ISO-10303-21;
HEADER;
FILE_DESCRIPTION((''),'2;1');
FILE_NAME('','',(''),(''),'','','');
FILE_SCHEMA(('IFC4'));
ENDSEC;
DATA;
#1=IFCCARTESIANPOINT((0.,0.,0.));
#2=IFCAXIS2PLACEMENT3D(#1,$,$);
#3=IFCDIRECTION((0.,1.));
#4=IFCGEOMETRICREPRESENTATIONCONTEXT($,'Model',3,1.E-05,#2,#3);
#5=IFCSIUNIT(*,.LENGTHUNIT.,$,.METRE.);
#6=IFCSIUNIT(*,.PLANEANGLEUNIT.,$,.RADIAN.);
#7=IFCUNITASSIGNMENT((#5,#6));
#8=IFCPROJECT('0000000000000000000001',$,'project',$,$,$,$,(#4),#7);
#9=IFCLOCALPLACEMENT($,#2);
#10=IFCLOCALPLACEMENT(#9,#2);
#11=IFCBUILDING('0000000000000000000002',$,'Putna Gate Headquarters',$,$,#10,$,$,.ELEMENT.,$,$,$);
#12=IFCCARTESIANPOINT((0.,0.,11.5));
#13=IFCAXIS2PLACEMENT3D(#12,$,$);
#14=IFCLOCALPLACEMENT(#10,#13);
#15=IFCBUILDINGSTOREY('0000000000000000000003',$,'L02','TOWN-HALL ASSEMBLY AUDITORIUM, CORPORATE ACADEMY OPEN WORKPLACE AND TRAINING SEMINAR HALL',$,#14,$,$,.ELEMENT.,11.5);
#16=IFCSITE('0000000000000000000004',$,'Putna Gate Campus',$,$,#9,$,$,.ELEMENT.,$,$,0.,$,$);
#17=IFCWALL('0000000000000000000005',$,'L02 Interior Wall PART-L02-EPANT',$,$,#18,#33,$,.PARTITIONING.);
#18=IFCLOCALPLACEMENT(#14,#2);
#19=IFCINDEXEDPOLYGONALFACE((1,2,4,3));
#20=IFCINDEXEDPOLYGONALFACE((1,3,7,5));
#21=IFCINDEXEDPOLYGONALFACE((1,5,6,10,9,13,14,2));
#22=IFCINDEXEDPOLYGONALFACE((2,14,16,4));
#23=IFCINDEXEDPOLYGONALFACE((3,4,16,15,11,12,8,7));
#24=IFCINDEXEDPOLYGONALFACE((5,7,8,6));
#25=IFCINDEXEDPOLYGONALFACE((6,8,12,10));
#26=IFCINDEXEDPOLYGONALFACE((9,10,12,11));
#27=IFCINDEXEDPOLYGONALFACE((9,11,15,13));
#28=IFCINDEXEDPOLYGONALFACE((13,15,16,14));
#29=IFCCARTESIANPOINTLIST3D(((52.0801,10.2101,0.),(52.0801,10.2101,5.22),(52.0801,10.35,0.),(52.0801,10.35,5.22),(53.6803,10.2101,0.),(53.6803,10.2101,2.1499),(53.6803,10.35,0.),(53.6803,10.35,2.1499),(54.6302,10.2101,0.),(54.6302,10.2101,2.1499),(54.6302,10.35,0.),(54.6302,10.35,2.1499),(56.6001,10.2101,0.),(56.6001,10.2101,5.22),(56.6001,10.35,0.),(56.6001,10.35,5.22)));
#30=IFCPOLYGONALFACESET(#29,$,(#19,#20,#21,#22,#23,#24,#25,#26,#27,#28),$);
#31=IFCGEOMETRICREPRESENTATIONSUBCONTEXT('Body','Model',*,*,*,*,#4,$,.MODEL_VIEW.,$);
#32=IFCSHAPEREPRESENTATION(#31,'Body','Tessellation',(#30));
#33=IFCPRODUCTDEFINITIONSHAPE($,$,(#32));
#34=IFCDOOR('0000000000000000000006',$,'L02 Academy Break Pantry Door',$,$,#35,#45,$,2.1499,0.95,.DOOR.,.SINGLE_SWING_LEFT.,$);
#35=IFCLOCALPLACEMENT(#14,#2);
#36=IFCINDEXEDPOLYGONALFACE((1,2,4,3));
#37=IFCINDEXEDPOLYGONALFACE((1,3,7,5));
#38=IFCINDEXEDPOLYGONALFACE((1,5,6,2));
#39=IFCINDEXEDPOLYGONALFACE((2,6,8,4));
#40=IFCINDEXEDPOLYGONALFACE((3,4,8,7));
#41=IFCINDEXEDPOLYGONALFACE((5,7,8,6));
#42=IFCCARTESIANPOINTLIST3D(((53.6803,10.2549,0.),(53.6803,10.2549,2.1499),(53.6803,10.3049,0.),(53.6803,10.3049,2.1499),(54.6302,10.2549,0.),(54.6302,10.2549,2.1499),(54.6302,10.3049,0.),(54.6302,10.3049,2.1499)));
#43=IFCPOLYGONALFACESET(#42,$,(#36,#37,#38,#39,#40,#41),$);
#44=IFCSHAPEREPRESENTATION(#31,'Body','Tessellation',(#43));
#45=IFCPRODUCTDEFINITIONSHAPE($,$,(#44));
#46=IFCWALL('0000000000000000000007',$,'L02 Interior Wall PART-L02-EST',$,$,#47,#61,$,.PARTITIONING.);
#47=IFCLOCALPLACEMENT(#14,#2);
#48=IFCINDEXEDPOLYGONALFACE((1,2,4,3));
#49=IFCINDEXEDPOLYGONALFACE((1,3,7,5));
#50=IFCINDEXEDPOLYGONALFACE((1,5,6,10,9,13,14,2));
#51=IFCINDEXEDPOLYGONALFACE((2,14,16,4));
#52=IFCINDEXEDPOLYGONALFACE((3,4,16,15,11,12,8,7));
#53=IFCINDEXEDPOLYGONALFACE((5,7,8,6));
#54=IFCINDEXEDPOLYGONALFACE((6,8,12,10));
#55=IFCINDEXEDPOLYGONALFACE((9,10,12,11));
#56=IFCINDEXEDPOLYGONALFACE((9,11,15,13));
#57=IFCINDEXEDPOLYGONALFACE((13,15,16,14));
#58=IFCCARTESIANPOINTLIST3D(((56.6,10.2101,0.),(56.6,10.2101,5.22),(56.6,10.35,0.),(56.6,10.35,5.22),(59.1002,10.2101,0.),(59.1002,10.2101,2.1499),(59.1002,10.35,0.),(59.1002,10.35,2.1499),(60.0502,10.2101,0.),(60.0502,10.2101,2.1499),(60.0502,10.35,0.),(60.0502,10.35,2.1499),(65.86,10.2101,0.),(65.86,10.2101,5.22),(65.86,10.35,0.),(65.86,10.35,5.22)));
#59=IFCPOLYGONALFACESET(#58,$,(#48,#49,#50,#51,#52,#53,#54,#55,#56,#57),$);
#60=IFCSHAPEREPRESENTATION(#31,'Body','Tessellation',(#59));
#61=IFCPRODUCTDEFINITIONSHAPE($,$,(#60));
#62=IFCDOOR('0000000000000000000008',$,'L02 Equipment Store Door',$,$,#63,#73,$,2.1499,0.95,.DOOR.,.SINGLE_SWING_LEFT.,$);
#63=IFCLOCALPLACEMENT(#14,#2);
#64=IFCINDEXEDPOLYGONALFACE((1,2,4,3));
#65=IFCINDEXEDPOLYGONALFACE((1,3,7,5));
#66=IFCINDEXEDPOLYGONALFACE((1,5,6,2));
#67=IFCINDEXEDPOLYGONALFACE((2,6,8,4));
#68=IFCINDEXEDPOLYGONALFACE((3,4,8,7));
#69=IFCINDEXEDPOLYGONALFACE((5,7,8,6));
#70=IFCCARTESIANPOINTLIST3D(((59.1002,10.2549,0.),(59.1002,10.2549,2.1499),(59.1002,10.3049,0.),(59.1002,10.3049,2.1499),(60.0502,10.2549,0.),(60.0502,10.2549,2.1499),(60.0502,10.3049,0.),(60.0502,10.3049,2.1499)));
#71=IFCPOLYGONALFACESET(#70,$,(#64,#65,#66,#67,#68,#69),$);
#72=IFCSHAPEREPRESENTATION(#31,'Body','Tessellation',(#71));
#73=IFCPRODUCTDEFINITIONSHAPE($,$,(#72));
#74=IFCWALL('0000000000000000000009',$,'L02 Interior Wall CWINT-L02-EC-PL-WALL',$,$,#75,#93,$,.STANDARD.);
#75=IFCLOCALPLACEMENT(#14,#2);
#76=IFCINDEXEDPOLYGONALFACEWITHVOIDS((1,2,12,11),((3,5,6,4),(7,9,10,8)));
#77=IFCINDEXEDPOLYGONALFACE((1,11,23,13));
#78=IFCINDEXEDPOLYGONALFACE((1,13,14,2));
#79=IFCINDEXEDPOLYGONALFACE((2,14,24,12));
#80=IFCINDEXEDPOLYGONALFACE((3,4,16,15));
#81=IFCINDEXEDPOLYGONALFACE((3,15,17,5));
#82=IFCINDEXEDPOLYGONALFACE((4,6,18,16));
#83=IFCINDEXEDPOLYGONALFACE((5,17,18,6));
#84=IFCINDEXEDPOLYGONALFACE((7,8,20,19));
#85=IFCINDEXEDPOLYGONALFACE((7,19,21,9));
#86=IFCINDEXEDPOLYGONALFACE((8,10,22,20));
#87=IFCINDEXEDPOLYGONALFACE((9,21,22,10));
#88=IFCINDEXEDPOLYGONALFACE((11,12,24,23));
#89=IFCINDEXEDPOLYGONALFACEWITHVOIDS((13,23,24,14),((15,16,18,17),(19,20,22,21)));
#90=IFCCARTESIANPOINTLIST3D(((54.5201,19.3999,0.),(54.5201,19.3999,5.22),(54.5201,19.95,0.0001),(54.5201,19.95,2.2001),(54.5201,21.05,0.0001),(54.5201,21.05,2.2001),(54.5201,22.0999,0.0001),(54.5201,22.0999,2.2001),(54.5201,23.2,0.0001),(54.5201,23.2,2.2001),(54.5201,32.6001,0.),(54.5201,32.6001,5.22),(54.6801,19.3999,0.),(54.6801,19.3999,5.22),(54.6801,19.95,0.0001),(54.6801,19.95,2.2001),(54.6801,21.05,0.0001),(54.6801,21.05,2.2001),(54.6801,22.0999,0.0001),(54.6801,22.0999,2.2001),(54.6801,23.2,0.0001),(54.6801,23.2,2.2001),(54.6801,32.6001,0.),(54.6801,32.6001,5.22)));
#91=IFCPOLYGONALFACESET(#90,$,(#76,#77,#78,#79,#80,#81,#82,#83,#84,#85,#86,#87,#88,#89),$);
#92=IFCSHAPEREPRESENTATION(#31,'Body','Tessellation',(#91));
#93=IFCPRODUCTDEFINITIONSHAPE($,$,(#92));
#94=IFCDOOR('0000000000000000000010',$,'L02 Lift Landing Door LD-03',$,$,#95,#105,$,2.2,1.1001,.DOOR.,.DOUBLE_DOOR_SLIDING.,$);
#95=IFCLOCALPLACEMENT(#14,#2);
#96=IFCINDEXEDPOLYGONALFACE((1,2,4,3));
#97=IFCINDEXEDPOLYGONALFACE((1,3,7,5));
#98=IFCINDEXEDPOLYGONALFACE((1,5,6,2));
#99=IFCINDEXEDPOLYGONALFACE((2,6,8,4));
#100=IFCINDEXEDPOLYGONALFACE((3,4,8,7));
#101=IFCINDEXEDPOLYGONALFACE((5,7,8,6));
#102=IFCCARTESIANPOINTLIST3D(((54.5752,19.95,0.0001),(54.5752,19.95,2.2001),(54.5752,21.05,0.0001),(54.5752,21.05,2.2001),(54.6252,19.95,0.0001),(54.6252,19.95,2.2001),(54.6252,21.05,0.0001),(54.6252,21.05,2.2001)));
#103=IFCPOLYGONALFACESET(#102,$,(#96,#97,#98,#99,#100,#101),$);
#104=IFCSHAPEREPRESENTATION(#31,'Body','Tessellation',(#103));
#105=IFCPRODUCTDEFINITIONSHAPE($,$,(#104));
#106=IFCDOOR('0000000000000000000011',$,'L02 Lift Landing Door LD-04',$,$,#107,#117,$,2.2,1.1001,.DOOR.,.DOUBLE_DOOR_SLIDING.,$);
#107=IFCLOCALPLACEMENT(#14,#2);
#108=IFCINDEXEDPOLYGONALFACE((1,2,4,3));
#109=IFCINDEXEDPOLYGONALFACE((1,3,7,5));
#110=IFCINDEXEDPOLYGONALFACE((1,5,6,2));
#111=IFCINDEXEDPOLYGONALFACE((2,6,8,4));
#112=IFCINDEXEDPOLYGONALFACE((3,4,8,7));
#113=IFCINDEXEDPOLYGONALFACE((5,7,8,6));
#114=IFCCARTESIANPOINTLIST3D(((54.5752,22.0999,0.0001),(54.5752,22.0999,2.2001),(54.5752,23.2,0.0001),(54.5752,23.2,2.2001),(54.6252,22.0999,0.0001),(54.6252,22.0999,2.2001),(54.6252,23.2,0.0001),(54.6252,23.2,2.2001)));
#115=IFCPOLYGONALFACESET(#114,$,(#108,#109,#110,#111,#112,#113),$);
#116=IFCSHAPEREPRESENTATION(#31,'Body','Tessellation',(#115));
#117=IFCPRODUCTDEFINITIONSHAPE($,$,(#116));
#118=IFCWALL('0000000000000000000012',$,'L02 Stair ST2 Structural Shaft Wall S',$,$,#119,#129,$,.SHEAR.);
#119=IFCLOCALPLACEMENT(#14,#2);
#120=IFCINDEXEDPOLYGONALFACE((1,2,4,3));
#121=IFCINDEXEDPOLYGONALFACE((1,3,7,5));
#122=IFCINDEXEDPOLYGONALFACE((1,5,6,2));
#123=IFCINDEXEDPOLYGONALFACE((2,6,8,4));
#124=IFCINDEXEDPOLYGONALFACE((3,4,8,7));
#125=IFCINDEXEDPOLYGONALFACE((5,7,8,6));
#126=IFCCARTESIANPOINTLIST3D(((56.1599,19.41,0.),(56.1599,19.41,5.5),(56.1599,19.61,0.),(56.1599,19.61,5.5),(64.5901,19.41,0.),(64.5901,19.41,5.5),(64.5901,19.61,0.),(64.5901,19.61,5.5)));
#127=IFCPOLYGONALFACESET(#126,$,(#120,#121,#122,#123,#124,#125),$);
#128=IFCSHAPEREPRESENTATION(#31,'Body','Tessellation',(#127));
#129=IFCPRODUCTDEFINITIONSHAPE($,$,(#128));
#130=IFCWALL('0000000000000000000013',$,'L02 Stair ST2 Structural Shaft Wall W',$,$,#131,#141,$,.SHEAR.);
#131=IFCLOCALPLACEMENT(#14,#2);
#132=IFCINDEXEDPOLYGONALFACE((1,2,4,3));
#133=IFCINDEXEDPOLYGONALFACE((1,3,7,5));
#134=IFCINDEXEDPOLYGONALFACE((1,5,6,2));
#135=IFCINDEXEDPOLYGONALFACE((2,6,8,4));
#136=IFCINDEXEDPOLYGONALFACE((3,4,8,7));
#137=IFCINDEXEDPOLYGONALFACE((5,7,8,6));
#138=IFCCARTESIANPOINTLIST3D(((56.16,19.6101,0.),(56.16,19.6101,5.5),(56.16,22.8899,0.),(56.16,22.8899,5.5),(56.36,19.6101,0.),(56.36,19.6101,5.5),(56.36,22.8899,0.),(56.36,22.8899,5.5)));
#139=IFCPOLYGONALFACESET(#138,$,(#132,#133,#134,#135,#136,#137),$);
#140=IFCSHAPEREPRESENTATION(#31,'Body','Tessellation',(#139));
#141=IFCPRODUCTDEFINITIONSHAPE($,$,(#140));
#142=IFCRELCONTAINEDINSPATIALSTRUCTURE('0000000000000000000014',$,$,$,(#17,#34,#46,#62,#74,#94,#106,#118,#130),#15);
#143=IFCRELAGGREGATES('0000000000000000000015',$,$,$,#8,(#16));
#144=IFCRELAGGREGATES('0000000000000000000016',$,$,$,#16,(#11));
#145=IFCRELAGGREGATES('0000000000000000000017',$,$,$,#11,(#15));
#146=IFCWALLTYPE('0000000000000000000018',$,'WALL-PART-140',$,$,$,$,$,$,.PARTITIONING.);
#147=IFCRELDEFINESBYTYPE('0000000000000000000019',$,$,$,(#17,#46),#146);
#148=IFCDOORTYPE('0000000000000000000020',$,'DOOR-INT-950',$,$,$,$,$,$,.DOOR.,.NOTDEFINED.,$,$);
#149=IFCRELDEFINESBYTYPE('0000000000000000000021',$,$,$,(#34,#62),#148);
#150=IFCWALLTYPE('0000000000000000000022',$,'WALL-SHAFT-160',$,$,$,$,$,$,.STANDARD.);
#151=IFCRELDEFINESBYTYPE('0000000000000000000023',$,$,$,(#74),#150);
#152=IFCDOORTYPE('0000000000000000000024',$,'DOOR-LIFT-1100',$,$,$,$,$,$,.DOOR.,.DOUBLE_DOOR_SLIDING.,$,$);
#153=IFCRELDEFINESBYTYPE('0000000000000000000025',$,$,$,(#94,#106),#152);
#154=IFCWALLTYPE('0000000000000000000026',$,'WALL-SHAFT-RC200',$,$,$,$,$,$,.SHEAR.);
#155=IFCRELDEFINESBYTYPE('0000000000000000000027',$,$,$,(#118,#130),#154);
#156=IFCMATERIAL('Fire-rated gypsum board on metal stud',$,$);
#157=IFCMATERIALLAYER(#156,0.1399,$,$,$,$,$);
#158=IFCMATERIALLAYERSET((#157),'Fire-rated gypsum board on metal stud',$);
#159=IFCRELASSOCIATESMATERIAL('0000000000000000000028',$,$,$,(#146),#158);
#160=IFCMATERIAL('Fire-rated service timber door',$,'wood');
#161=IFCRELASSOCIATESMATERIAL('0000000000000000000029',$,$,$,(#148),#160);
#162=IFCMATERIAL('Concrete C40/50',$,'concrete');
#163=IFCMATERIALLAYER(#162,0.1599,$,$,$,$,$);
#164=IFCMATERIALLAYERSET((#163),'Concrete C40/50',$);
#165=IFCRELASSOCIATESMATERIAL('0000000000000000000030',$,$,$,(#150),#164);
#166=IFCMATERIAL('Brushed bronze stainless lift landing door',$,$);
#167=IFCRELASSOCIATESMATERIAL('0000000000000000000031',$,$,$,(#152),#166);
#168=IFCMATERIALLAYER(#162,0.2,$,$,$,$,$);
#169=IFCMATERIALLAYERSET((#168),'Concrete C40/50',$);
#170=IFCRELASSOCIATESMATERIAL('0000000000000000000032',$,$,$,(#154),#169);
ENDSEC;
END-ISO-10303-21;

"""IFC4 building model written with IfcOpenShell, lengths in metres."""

from ifc_helpers import new_model, si_unit, direction, frame, frame_2d, origin, place, context, subcontext, project, spatial, rectangle, extrude, material, layer, layer_set, type_object, element, fill, save


model = new_model("IFC4")

# Units and contexts
model_context = context("Model", 3, precision=1e-05, world=origin(), true_north=direction((0.0, 1.0)))
body_context = subcontext(model_context, "Body", "Model", "MODEL_VIEW")
ifc_project = project(units=[si_unit("LENGTHUNIT", "METRE"), si_unit("PLANEANGLEUNIT", "RADIAN")], contexts=[model_context])

# Site, building, storey
site_placement = place(None, origin())
site = spatial("IfcSite", under=ifc_project, at=site_placement, Name="Putna Gate Campus", CompositionType="ELEMENT", RefElevation=0.0)
building_placement = place(site_placement, origin())
building = spatial("IfcBuilding", under=site, at=building_placement, Name="Putna Gate Headquarters", CompositionType="ELEMENT")
storey_placement = place(building_placement, frame((0.0, 0.0, 11.5)))
storey = spatial("IfcBuildingStorey", under=building, at=storey_placement, Name="L02", Description="TOWN-HALL ASSEMBLY AUDITORIUM, CORPORATE ACADEMY OPEN WORKPLACE AND TRAINING SEMINAR HALL", CompositionType="ELEMENT", Elevation=11.5)

# Walls, openings, doors
ifc_material_1 = material(Name="Fire-rated gypsum board on metal stud")
ifc_layer_1 = layer(ifc_material_1, 0.1399)
ifc_layer_set_1 = layer_set([ifc_layer_1], Name="Fire-rated gypsum board on metal stud")
wall_type_1 = type_object("IfcWallType", Name="WALL-PART-140", PredefinedType="PARTITIONING", material=ifc_layer_set_1)
wall_1_placement = place(storey_placement, frame((52.0801, 10.28, 0.0), z_axis=(0.0, 0.0, 1.0), x_axis=(1.0, 0.0, 0.0)))
wall_1 = element("IfcWall", 1, at=wall_1_placement, inside=storey, type_object=wall_type_1, Name="L02 Interior Wall PART-L02-EPANT", PredefinedType="PARTITIONING", context=body_context, shape_type="SweptSolid", body=[
    extrude(rectangle(XDim=4.52, YDim=0.1399, at=frame_2d((2.26, 0.0))), origin(), (0.0, 0.0, 1.0), 5.22),
])
opening_1_placement = place(wall_1_placement, frame((1.6001, 0.0, 0.0)))
opening_1 = element("IfcOpeningElement", 2, at=opening_1_placement, cuts=wall_1, PredefinedType="OPENING", context=body_context, shape_type="SweptSolid", body=[
    extrude(rectangle(XDim=0.95, YDim=2.1499, at=frame_2d((0.4751, 1.075))), frame((0.0, 0.0798, 0.0), z_axis=(0.0, -1.0, 0.0), x_axis=(1.0, 0.0, 0.0)), (0.0, 0.0, 1.0), 0.1599),
])
ifc_material_2 = material(Name="Fire-rated service timber door", Category="wood")
door_type_1 = type_object("IfcDoorType", Name="DOOR-INT-950", OperationType="NOTDEFINED", PredefinedType="DOOR", material=ifc_material_2)
door_1_placement = place(opening_1_placement, origin())
door_1 = element("IfcDoor", 3, at=door_1_placement, inside=storey, type_object=door_type_1, Name="L02 Academy Break Pantry Door", OperationType="SINGLE_SWING_LEFT", OverallHeight=2.1499, OverallWidth=0.95, PredefinedType="DOOR", context=body_context, shape_type="SweptSolid", body=[
    extrude(rectangle(XDim=0.95, YDim=2.1499, at=frame_2d((0.4751, 1.075))), frame((0.0, 0.0249, 0.0), z_axis=(0.0, -1.0, 0.0), x_axis=(1.0, 0.0, 0.0)), (0.0, 0.0, 1.0), 0.05),
])
fill(opening_1, door_1)
wall_2_placement = place(storey_placement, frame((56.6001, 10.28, 0.0), z_axis=(0.0, 0.0, 1.0), x_axis=(1.0, 0.0, 0.0)))
wall_2 = element("IfcWall", 4, at=wall_2_placement, inside=storey, type_object=wall_type_1, Name="L02 Interior Wall PART-L02-EST", PredefinedType="PARTITIONING", context=body_context, shape_type="SweptSolid", body=[
    extrude(rectangle(XDim=9.26, YDim=0.1399, at=frame_2d((4.6299, 0.0))), origin(), (0.0, 0.0, 1.0), 5.22),
])
opening_2_placement = place(wall_2_placement, frame((2.5, 0.0, 0.0)))
opening_2 = element("IfcOpeningElement", 5, at=opening_2_placement, cuts=wall_2, PredefinedType="OPENING", context=body_context, shape_type="SweptSolid", body=[
    extrude(rectangle(XDim=0.95, YDim=2.1499, at=frame_2d((0.4751, 1.075))), frame((0.0, 0.0798, 0.0), z_axis=(0.0, -1.0, 0.0), x_axis=(1.0, 0.0, 0.0)), (0.0, 0.0, 1.0), 0.1599),
])
door_2_placement = place(opening_2_placement, origin())
door_2 = element("IfcDoor", 6, at=door_2_placement, inside=storey, type_object=door_type_1, Name="L02 Equipment Store Door", OperationType="SINGLE_SWING_LEFT", OverallHeight=2.1499, OverallWidth=0.95, PredefinedType="DOOR", context=body_context, shape_type="SweptSolid", body=[
    extrude(rectangle(XDim=0.95, YDim=2.1499, at=frame_2d((0.4751, 1.075))), frame((0.0, 0.0249, 0.0), z_axis=(0.0, -1.0, 0.0), x_axis=(1.0, 0.0, 0.0)), (0.0, 0.0, 1.0), 0.05),
])
fill(opening_2, door_2)

# Wall, openings, doors
ifc_material_3 = material(Name="Concrete C40/50", Category="concrete")
ifc_layer_2 = layer(ifc_material_3, 0.1599)
ifc_layer_set_2 = layer_set([ifc_layer_2], Name="Concrete C40/50")
wall_type_2 = type_object("IfcWallType", Name="WALL-SHAFT-160", PredefinedType="STANDARD", material=ifc_layer_set_2)
wall_3_placement = place(storey_placement, frame((54.6001, 19.3999, 0.0), z_axis=(0.0, 0.0, 1.0), x_axis=(0.0, 1.0, 0.0)))
wall_3 = element("IfcWall", 7, at=wall_3_placement, inside=storey, type_object=wall_type_2, Name="L02 Interior Wall CWINT-L02-EC-PL-WALL", PredefinedType="STANDARD", context=body_context, shape_type="SweptSolid", body=[
    extrude(rectangle(XDim=13.2002, YDim=0.1599, at=frame_2d((6.6001, 0.0))), origin(), (0.0, 0.0, 1.0), 5.22),
])
opening_3_placement = place(wall_3_placement, frame((0.55, 0.0, 0.0)))
opening_3 = element("IfcOpeningElement", 8, at=opening_3_placement, cuts=wall_3, PredefinedType="OPENING", context=body_context, shape_type="SweptSolid", body=[
    extrude(rectangle(XDim=1.1001, YDim=2.2, at=frame_2d((0.55, 1.1001))), frame((0.0, 0.0898, 0.0), z_axis=(0.0, -1.0, 0.0), x_axis=(1.0, 0.0, 0.0)), (0.0, 0.0, 1.0), 0.1799),
])
opening_4_placement = place(wall_3_placement, frame((2.7, 0.0, 0.0)))
opening_4 = element("IfcOpeningElement", 9, at=opening_4_placement, cuts=wall_3, PredefinedType="OPENING", context=body_context, shape_type="SweptSolid", body=[
    extrude(rectangle(XDim=1.1001, YDim=2.2, at=frame_2d((0.55, 1.1001))), frame((0.0, 0.0898, 0.0), z_axis=(0.0, -1.0, 0.0), x_axis=(1.0, 0.0, 0.0)), (0.0, 0.0, 1.0), 0.1799),
])
ifc_material_4 = material(Name="Brushed bronze stainless lift landing door")
door_type_2 = type_object("IfcDoorType", Name="DOOR-LIFT-1100", OperationType="DOUBLE_DOOR_SLIDING", PredefinedType="DOOR", material=ifc_material_4)
door_3_placement = place(opening_3_placement, origin())
door_3 = element("IfcDoor", 10, at=door_3_placement, inside=storey, type_object=door_type_2, Name="L02 Lift Landing Door LD-03", OperationType="DOUBLE_DOOR_SLIDING", OverallHeight=2.2, OverallWidth=1.1001, PredefinedType="DOOR", context=body_context, shape_type="SweptSolid", body=[
    extrude(rectangle(XDim=1.1001, YDim=2.2, at=frame_2d((0.55, 1.1001))), frame((0.0, 0.0249, 0.0), z_axis=(0.0, -1.0, 0.0), x_axis=(1.0, 0.0, 0.0)), (0.0, 0.0, 1.0), 0.05),
])
fill(opening_3, door_3)
door_4_placement = place(opening_4_placement, origin())
door_4 = element("IfcDoor", 11, at=door_4_placement, inside=storey, type_object=door_type_2, Name="L02 Lift Landing Door LD-04", OperationType="DOUBLE_DOOR_SLIDING", OverallHeight=2.2, OverallWidth=1.1001, PredefinedType="DOOR", context=body_context, shape_type="SweptSolid", body=[
    extrude(rectangle(XDim=1.1001, YDim=2.2, at=frame_2d((0.55, 1.1001))), frame((0.0, 0.0249, 0.0), z_axis=(0.0, -1.0, 0.0), x_axis=(1.0, 0.0, 0.0)), (0.0, 0.0, 1.0), 0.05),
])
fill(opening_4, door_4)

# Walls
ifc_layer_3 = layer(ifc_material_3, 0.2)
ifc_layer_set_3 = layer_set([ifc_layer_3], Name="Concrete C40/50")
wall_type_3 = type_object("IfcWallType", Name="WALL-SHAFT-RC200", PredefinedType="SHEAR", material=ifc_layer_set_3)
wall_4_placement = place(storey_placement, frame((56.1599, 19.51, 0.0), z_axis=(0.0, 0.0, 1.0), x_axis=(1.0, 0.0, 0.0)))
element("IfcWall", 12, at=wall_4_placement, inside=storey, type_object=wall_type_3, Name="L02 Stair ST2 Structural Shaft Wall S", PredefinedType="SHEAR", context=body_context, shape_type="SweptSolid", body=[
    extrude(rectangle(XDim=8.4302, YDim=0.2, at=frame_2d((4.2151, 0.0))), origin(), (0.0, 0.0, 1.0), 5.5),
])
wall_5_placement = place(storey_placement, frame((56.26, 19.6101, 0.0), z_axis=(0.0, 0.0, 1.0), x_axis=(0.0, 1.0, 0.0)))
element("IfcWall", 13, at=wall_5_placement, inside=storey, type_object=wall_type_3, Name="L02 Stair ST2 Structural Shaft Wall W", PredefinedType="SHEAR", context=body_context, shape_type="SweptSolid", body=[
    extrude(rectangle(XDim=3.2798, YDim=0.2, at=frame_2d((1.6399, 0.0))), origin(), (0.0, 0.0, 1.0), 5.5),
])

save(model, "model.ifc")
